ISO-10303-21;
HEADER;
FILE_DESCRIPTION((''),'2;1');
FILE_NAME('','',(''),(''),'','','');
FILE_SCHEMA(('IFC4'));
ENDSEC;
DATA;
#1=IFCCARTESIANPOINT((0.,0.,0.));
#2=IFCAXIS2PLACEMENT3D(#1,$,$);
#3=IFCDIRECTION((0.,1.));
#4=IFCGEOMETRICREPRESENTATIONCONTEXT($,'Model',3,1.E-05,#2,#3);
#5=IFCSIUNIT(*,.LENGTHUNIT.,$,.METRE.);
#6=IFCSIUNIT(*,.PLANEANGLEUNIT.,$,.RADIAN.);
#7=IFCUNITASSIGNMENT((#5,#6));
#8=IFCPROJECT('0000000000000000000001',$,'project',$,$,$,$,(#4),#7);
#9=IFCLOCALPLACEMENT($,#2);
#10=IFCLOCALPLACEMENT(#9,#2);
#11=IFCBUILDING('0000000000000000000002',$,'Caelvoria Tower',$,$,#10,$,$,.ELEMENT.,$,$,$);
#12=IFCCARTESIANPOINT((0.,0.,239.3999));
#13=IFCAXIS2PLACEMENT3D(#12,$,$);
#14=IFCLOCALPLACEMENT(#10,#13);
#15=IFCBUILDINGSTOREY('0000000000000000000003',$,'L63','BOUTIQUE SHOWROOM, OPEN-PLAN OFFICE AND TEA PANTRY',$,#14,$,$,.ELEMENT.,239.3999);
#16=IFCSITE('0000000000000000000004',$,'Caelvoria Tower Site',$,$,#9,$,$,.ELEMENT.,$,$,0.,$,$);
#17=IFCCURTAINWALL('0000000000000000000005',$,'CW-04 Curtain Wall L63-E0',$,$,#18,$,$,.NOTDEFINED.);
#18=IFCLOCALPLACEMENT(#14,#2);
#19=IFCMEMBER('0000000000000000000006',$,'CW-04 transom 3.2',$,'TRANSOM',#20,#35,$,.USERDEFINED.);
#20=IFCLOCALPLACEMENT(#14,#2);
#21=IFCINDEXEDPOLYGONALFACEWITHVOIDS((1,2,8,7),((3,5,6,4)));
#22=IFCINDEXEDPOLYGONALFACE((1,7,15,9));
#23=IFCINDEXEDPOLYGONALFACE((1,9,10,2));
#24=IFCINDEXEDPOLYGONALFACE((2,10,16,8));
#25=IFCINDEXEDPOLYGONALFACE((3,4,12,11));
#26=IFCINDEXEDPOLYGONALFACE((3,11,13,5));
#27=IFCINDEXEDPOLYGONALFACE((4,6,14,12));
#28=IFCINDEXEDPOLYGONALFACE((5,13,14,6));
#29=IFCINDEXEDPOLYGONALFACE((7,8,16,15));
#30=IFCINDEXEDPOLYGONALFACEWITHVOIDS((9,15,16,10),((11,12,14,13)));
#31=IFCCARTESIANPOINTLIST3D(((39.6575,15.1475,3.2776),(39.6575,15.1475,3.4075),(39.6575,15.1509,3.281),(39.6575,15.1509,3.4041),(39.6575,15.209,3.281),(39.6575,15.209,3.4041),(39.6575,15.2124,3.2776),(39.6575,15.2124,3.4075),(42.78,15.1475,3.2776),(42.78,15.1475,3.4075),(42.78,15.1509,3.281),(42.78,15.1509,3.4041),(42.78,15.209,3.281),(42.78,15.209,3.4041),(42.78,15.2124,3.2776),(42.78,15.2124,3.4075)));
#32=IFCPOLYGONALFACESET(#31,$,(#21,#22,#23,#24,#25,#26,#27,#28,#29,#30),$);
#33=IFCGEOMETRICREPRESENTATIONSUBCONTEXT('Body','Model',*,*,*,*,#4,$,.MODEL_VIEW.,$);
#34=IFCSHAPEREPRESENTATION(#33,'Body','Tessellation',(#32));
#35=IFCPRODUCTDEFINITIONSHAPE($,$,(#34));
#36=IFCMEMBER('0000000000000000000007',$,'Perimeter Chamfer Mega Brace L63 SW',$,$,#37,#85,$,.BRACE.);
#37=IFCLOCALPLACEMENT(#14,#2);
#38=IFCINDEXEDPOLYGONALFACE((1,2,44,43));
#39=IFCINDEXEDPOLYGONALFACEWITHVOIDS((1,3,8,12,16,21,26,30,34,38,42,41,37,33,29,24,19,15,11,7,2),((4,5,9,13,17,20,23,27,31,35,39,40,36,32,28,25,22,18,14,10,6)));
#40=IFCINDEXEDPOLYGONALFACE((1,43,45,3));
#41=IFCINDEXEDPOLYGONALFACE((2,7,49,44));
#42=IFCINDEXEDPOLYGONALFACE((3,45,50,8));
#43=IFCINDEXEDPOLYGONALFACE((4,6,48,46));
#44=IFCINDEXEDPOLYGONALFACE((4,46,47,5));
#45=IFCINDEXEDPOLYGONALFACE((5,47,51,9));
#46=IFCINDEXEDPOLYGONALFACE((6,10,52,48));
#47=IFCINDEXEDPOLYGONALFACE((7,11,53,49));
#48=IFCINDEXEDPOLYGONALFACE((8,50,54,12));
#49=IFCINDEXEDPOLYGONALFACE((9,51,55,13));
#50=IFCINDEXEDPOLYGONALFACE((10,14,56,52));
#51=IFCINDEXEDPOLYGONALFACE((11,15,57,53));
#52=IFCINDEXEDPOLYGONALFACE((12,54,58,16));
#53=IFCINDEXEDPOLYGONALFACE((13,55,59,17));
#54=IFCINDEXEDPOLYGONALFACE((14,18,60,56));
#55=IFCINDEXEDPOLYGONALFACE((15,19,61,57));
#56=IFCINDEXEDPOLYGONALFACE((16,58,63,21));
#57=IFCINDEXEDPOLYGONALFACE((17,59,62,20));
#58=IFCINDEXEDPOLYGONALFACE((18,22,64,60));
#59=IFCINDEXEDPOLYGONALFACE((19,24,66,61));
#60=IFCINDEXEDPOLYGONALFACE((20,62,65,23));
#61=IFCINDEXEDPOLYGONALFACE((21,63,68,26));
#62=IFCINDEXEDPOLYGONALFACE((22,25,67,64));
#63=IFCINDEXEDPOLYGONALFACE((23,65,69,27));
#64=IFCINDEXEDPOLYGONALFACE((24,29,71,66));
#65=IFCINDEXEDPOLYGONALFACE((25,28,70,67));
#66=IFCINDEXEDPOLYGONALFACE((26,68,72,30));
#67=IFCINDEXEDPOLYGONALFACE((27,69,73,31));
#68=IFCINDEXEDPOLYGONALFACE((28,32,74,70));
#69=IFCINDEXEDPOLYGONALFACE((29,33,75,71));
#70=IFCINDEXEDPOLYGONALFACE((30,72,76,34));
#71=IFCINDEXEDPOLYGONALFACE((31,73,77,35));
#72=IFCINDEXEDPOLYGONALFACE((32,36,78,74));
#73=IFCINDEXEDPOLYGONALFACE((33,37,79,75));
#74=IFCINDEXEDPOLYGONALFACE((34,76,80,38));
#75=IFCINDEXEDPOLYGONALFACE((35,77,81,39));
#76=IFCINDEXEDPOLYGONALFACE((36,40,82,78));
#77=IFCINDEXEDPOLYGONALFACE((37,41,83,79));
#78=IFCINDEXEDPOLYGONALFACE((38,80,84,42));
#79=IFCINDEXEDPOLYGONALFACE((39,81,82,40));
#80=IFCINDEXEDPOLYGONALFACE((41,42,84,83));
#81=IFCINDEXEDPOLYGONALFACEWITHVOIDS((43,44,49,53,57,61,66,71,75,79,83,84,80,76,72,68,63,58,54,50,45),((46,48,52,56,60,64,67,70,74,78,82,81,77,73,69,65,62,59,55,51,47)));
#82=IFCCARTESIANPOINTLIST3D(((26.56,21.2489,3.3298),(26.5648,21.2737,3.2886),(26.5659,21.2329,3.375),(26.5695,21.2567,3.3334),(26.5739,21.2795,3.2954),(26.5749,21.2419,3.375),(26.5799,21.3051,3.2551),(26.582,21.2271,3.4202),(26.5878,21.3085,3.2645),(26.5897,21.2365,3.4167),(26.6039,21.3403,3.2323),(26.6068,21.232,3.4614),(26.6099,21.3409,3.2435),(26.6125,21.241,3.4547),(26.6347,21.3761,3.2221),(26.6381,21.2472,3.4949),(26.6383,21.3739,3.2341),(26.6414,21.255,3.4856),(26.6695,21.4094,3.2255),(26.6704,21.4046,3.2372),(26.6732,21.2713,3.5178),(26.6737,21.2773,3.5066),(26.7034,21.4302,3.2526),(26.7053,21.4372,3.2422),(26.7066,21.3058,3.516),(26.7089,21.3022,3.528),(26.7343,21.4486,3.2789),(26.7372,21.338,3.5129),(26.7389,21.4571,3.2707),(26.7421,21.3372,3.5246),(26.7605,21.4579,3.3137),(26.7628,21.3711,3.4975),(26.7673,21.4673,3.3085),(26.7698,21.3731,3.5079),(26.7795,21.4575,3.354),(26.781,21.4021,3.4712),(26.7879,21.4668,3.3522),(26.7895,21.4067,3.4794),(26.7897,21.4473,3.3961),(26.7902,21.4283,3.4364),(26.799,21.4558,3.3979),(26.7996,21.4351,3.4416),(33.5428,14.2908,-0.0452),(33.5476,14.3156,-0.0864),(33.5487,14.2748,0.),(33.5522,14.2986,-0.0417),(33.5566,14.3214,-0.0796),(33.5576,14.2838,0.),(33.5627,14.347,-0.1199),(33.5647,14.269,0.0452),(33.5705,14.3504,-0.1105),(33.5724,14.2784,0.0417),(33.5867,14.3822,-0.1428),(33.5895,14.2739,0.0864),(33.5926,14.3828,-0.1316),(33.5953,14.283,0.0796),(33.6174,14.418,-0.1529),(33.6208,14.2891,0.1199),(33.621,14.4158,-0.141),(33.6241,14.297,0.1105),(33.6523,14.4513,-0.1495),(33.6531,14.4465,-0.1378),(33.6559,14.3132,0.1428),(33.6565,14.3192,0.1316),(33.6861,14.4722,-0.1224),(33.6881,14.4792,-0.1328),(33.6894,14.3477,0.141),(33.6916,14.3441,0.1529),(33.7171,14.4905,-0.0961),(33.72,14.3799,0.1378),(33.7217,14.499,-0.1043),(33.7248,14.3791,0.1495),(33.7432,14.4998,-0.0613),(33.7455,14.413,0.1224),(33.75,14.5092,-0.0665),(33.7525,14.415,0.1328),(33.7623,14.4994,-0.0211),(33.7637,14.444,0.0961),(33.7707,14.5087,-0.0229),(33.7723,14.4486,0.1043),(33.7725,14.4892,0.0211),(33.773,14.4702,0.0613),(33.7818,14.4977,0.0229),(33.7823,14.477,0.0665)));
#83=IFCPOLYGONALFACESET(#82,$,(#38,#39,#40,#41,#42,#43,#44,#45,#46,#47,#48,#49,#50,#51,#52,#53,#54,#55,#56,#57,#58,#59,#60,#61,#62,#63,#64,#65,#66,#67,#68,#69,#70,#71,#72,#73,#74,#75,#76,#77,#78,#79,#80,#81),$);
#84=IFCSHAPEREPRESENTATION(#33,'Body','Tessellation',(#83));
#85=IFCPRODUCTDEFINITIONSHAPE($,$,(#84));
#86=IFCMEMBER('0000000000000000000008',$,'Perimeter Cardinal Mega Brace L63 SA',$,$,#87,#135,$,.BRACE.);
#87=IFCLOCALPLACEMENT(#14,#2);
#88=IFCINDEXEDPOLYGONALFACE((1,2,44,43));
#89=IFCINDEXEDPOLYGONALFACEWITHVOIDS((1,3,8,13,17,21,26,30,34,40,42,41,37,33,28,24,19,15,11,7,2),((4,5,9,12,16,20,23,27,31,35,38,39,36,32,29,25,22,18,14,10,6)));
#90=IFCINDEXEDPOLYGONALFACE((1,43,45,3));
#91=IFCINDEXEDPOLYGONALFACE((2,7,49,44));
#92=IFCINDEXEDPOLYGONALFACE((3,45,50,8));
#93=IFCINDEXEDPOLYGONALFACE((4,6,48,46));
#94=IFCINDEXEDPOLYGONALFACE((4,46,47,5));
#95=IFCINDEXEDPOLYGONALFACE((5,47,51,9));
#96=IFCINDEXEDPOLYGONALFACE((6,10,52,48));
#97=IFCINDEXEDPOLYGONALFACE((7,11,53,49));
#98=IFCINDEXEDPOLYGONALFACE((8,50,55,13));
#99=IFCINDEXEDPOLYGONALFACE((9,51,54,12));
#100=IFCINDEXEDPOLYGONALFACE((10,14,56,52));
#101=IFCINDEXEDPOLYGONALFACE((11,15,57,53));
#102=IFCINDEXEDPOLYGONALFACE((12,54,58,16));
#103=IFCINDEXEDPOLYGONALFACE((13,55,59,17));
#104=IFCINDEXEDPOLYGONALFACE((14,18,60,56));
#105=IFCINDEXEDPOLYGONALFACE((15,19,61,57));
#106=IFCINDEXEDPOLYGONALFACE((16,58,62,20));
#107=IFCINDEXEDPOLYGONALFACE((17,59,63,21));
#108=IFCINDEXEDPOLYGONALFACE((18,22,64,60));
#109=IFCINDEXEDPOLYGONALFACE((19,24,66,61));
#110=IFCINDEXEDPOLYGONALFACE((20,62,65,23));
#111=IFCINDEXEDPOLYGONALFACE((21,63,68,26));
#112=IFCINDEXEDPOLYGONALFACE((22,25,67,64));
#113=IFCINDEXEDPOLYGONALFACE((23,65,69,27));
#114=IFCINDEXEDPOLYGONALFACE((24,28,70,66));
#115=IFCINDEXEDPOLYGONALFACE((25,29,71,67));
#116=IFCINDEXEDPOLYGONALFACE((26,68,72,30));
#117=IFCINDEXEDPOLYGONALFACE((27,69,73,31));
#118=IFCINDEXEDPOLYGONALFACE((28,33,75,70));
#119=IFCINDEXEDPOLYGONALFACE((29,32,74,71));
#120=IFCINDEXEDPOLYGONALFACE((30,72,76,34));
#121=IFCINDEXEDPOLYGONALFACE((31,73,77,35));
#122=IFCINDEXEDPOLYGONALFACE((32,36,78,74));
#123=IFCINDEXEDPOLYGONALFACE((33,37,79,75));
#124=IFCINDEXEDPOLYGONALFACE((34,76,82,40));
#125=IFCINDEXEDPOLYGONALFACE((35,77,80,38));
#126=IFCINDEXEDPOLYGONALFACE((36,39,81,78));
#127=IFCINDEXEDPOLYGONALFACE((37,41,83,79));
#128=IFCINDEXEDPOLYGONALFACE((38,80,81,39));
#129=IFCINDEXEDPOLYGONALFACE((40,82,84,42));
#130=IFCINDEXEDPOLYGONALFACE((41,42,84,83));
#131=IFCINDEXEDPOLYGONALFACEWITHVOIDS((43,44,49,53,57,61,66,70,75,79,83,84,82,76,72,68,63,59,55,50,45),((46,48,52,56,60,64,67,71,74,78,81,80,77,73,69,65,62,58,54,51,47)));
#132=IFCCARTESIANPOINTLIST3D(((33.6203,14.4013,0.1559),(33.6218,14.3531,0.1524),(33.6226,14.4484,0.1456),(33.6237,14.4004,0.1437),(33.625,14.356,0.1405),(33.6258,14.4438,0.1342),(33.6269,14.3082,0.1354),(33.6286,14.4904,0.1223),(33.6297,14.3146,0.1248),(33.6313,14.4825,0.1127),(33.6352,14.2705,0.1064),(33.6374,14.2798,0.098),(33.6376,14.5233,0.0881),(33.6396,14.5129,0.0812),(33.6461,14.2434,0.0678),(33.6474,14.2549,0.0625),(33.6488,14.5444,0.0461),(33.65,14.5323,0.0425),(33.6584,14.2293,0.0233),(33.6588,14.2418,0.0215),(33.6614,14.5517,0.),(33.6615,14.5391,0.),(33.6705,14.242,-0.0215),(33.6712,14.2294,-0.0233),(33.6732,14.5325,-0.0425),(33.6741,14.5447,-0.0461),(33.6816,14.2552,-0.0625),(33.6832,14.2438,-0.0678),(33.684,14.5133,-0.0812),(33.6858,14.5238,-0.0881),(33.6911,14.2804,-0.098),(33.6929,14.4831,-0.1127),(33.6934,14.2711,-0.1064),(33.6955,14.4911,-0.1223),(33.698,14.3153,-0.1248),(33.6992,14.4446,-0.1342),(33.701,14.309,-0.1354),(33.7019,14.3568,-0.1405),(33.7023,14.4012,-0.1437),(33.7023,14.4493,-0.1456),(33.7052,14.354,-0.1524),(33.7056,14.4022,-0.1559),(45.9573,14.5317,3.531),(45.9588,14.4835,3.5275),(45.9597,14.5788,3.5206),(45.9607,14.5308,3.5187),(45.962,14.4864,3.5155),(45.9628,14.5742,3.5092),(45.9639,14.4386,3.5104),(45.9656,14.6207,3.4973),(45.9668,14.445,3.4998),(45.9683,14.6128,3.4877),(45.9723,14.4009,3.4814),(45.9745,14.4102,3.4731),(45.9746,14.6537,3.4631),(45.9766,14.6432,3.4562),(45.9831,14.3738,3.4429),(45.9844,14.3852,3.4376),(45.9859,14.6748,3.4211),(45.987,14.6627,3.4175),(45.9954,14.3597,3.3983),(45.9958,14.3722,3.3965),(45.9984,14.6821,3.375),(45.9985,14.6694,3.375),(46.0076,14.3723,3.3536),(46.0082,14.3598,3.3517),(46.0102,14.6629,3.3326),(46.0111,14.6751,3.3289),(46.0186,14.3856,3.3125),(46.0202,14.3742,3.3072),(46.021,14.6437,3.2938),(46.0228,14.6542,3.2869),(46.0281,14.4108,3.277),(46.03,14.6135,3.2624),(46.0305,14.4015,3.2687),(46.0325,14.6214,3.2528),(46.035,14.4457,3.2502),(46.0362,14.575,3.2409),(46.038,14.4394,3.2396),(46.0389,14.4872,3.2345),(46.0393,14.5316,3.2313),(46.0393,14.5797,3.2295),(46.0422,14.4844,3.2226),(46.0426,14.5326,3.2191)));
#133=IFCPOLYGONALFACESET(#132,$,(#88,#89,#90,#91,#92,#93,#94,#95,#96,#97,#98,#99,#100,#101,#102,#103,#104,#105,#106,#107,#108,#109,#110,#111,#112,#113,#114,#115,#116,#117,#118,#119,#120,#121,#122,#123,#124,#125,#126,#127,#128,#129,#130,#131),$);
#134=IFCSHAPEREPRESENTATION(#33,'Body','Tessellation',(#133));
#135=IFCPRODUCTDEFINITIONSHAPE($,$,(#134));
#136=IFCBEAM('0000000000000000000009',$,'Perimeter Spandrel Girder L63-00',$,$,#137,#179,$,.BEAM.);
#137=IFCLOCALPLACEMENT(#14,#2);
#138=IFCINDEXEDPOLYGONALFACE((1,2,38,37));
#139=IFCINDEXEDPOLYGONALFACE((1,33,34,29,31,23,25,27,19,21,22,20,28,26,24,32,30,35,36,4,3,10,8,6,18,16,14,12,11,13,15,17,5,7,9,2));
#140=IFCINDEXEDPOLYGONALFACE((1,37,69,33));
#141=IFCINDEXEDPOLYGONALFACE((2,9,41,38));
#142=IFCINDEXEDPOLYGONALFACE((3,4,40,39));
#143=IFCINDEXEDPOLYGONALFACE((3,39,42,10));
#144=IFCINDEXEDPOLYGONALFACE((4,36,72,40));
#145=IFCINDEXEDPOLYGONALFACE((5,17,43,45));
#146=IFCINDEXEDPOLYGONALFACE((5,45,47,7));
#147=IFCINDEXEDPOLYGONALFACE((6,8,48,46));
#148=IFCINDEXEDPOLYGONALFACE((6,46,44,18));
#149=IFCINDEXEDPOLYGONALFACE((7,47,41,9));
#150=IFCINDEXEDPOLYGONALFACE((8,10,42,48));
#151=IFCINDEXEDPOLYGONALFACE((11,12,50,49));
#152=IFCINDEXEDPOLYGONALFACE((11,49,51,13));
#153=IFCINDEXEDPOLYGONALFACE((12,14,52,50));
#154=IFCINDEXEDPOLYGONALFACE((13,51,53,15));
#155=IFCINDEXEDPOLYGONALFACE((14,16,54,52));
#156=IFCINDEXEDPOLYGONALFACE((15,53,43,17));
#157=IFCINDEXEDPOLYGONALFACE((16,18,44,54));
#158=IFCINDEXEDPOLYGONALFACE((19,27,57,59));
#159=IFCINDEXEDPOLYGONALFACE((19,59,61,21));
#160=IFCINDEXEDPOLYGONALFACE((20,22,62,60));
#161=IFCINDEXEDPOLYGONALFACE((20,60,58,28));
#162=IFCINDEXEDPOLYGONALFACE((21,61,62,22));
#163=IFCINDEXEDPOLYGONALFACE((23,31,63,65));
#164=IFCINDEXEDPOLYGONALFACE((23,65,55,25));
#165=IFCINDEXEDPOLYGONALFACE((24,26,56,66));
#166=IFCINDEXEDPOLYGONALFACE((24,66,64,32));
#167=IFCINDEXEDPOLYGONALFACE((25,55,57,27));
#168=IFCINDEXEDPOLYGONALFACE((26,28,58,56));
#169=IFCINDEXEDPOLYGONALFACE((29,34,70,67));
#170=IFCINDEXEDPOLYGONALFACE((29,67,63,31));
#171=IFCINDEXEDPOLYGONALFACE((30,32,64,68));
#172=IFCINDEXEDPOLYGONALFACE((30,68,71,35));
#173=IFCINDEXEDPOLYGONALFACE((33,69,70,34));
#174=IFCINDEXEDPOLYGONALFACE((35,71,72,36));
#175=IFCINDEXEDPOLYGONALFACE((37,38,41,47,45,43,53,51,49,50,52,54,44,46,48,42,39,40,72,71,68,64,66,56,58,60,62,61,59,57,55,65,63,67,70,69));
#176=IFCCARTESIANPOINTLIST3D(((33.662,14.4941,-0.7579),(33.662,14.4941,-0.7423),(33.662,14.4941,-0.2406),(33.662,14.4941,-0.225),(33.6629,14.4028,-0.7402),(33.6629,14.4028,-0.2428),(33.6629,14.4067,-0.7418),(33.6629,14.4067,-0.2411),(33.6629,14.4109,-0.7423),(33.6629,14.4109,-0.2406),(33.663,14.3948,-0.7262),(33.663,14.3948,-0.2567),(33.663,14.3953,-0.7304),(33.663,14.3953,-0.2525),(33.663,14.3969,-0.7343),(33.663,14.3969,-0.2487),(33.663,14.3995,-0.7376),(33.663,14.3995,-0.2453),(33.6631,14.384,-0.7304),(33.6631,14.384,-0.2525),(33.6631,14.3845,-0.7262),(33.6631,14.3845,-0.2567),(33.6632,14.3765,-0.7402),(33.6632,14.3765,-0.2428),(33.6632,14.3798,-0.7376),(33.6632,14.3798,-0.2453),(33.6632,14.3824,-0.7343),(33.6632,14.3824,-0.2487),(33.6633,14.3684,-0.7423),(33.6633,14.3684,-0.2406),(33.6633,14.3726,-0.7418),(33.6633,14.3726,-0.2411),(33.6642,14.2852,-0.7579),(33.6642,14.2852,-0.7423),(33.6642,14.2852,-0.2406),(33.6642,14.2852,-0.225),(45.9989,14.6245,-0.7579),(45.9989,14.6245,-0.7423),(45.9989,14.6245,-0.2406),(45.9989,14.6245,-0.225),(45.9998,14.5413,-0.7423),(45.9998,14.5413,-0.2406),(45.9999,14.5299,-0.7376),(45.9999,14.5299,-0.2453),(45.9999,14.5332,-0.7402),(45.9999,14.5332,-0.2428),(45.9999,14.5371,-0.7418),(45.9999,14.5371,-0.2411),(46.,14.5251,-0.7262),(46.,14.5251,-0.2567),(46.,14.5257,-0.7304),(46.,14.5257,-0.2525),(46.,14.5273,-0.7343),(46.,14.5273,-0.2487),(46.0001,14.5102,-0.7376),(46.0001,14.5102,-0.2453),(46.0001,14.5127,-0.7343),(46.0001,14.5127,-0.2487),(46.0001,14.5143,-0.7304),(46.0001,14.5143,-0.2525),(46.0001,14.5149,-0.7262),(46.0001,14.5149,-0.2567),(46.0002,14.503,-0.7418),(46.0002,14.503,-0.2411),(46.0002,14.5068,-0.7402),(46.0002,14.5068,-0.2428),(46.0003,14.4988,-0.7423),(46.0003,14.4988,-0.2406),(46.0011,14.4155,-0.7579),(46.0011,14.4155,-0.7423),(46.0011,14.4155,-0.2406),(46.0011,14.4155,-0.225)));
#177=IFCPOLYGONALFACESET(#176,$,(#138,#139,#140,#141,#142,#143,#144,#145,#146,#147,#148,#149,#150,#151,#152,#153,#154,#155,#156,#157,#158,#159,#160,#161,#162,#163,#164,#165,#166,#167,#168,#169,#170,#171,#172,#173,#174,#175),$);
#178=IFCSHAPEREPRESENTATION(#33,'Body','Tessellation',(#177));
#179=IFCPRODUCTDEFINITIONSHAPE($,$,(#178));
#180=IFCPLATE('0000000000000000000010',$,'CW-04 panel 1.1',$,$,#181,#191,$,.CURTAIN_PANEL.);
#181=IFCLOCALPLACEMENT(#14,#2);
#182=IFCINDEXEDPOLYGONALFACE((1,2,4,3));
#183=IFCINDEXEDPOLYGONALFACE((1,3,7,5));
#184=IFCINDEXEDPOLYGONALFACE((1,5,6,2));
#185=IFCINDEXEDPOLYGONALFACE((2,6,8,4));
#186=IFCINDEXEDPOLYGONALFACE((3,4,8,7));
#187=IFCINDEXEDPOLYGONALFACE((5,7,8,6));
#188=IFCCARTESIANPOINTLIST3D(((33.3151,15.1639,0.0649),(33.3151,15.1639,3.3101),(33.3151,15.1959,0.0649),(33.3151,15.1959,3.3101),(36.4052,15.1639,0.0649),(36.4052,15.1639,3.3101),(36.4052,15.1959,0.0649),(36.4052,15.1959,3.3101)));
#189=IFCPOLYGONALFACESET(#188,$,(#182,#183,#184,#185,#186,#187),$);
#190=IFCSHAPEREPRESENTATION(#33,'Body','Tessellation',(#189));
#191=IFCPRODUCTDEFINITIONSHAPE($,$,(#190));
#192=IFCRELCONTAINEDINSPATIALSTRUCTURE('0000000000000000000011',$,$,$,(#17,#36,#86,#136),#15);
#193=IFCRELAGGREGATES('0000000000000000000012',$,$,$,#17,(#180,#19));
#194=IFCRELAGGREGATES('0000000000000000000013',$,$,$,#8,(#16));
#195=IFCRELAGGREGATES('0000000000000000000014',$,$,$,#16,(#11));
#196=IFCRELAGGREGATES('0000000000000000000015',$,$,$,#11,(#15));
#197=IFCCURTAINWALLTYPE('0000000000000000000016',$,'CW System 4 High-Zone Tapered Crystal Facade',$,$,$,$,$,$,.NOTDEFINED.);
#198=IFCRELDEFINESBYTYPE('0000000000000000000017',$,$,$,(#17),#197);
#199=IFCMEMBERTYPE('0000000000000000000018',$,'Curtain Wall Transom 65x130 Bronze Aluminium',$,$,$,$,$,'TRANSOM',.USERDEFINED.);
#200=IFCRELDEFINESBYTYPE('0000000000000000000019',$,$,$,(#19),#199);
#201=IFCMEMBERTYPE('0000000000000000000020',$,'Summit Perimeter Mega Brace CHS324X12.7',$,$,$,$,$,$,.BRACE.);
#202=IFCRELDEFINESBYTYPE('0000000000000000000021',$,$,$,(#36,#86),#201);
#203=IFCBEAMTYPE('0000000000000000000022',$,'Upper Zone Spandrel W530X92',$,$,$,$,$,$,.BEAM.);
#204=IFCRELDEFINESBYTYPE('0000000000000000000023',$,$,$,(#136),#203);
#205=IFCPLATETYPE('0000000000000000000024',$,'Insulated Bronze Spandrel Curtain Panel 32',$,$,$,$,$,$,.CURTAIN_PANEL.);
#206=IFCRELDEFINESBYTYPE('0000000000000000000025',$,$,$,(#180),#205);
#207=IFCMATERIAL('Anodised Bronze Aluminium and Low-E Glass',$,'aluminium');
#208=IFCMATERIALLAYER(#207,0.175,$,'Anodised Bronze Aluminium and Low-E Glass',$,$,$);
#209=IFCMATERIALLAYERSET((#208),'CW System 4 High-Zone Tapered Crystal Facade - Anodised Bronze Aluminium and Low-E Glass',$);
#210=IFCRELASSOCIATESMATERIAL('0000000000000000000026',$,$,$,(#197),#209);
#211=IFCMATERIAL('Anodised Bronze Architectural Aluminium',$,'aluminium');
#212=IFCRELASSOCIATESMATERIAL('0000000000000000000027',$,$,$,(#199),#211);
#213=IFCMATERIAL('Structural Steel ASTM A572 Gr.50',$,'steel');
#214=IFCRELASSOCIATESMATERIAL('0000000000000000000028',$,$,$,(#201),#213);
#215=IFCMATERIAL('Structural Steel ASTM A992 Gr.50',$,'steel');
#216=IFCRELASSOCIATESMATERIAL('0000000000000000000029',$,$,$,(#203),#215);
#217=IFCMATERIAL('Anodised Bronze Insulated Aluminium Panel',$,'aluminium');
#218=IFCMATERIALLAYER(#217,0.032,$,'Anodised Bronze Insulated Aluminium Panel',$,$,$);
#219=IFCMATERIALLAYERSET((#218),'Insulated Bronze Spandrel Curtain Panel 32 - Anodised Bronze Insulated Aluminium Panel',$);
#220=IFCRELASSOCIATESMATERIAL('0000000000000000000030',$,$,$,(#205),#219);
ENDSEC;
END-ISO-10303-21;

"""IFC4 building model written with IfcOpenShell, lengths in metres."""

from ifc_helpers import new_model, si_unit, direction, frame, origin, origin_2d, place, context, subcontext, project, spatial, rectangle, hollow_rectangle, hollow_circle, i_section, extrude, material, layer, layer_set, material_profile, profile_set, type_object, element, aggregate, save


model = new_model("IFC4")

# Units and contexts
model_context = context("Model", 3, precision=1e-05, world=origin(), true_north=direction((0.0, 1.0)))
body_context = subcontext(model_context, "Body", "Model", "MODEL_VIEW")
ifc_project = project(units=[si_unit("LENGTHUNIT", "METRE"), si_unit("PLANEANGLEUNIT", "RADIAN")], contexts=[model_context])

# Site, building, storey
site_placement = place(None, origin())
site = spatial("IfcSite", under=ifc_project, at=site_placement, Name="Caelvoria Tower Site", CompositionType="ELEMENT", RefElevation=0.0)
building_placement = place(site_placement, origin())
building = spatial("IfcBuilding", under=site, at=building_placement, Name="Caelvoria Tower", CompositionType="ELEMENT")
storey_placement = place(building_placement, frame((0.0, 0.0, 239.3999)))
storey = spatial("IfcBuildingStorey", under=building, at=storey_placement, Name="L63", Description="BOUTIQUE SHOWROOM, OPEN-PLAN OFFICE AND TEA PANTRY", CompositionType="ELEMENT", Elevation=239.3999)

# Shared definitions
ifc_material_1 = material(Name="Structural Steel ASTM A572 Gr.50", Category="steel")

# Curtain wall
ifc_material_2 = material(Name="Anodised Bronze Aluminium and Low-E Glass", Category="aluminium")
ifc_layer_1 = layer(ifc_material_2, 0.175, Name="Anodised Bronze Aluminium and Low-E Glass")
ifc_layer_set_1 = layer_set([ifc_layer_1], Name="CW System 4 High-Zone Tapered Crystal Facade - Anodised Bronze Aluminium and Low-E Glass")
curtain_wall_type = type_object("IfcCurtainWallType", Name="CW System 4 High-Zone Tapered Crystal Facade", PredefinedType="NOTDEFINED", material=ifc_layer_set_1)
curtain_wall_1_placement = place(storey_placement, origin())
curtain_wall_1 = element("IfcCurtainWall", 1, at=curtain_wall_1_placement, inside=storey, type_object=curtain_wall_type, Name="CW-04 Curtain Wall L63-E0", PredefinedType="NOTDEFINED")
ifc_material_3 = material(Name="Anodised Bronze Architectural Aluminium", Category="aluminium")

# Member
ifc_material_profile_1 = material_profile(ifc_material_3, hollow_rectangle(XDim=0.0649, YDim=0.1299, WallThickness=0.0034, at=origin_2d()), Name="Anodised Bronze Architectural Aluminium")
ifc_profile_set_1 = profile_set([ifc_material_profile_1], Name="CW_TRAN_65X130 - Anodised Bronze Architectural Aluminium")
member_type_1 = type_object("IfcMemberType", Name="Curtain Wall Transom 65x130 Bronze Aluminium", ElementType="TRANSOM", PredefinedType="USERDEFINED", material=ifc_profile_set_1)
member_1_placement = place(storey_placement, frame((39.6575, 15.1799, 3.3425), z_axis=(1.0, 0.0, 0.0), x_axis=(0.0, 1.0, 0.0)))
member_1 = element("IfcMember", 2, at=member_1_placement, type_object=member_type_1, Name="CW-04 transom 3.2", ObjectType="TRANSOM", PredefinedType="USERDEFINED", context=body_context, shape_type="SweptSolid", body=[
    extrude(hollow_rectangle(XDim=0.0649, YDim=0.1299, WallThickness=0.0034, at=origin_2d()), origin(), (0.0, 0.0, 1.0), 3.1226),
])

# Members
ifc_material_profile_2 = material_profile(ifc_material_1, hollow_circle(Radius=0.1621, WallThickness=0.0127, at=origin_2d()), Name="Structural Steel ASTM A572 Gr.50")
ifc_profile_set_2 = profile_set([ifc_material_profile_2], Name="CHS324X12.7 - Structural Steel ASTM A572 Gr.50")
member_type_2 = type_object("IfcMemberType", Name="Summit Perimeter Mega Brace CHS324X12.7", PredefinedType="BRACE", material=ifc_profile_set_2)
member_2_placement = place(storey_placement, frame((33.6631, 14.3896, 0.0), z_axis=(-0.670166, 0.667799, 0.323918), x_axis=(-0.705855, -0.708356, 0.0)))
element("IfcMember", 3, at=member_2_placement, inside=storey, type_object=member_type_2, Name="Perimeter Chamfer Mega Brace L63 SW", PredefinedType="BRACE", context=body_context, shape_type="SweptSolid", body=[
    extrude(hollow_circle(Radius=0.1621, WallThickness=0.0127, at=origin_2d()), origin(), (0.0, 0.0, 1.0), 10.4194),
])
member_3_placement = place(storey_placement, frame((33.6631, 14.3896, 0.0), z_axis=(0.964507, 0.010192, 0.26386), x_axis=(-0.010567, 0.999944, 0.0)))
element("IfcMember", 4, at=member_3_placement, inside=storey, type_object=member_type_2, Name="Perimeter Cardinal Mega Brace L63 SA", PredefinedType="BRACE", context=body_context, shape_type="SweptSolid", body=[
    extrude(hollow_circle(Radius=0.1621, WallThickness=0.0127, at=origin_2d()), origin(), (0.0, 0.0, 1.0), 12.791),
])

# Beam
ifc_material_4 = material(Name="Structural Steel ASTM A992 Gr.50", Category="steel")
ifc_material_profile_3 = material_profile(ifc_material_4, i_section(OverallWidth=0.209, OverallDepth=0.533, WebThickness=0.0103, FlangeThickness=0.0156, FilletRadius=0.0161, at=origin_2d()), Name="Structural Steel ASTM A992 Gr.50")
ifc_profile_set_3 = profile_set([ifc_material_profile_3], Name="W530X92 - Structural Steel ASTM A992 Gr.50")
beam_type = type_object("IfcBeamType", Name="Upper Zone Spandrel W530X92", PredefinedType="BEAM", material=ifc_profile_set_3)
beam_placement = place(storey_placement, frame((33.6631, 14.3896, -0.4915), z_axis=(0.999944, 0.010567, 0.0), x_axis=(-0.010567, 0.999944, 0.0)))
element("IfcBeam", 5, at=beam_placement, inside=storey, type_object=beam_type, Name="Perimeter Spandrel Girder L63-00", PredefinedType="BEAM", context=body_context, shape_type="SweptSolid", body=[
    extrude(i_section(OverallWidth=0.209, OverallDepth=0.533, WebThickness=0.0103, FlangeThickness=0.0156, FilletRadius=0.0161, at=origin_2d()), origin(), (0.0, 0.0, 1.0), 12.3376),
])

# Plate
ifc_material_5 = material(Name="Anodised Bronze Insulated Aluminium Panel", Category="aluminium")
ifc_layer_2 = layer(ifc_material_5, 0.032, Name="Anodised Bronze Insulated Aluminium Panel")
ifc_layer_set_2 = layer_set([ifc_layer_2], Name="Insulated Bronze Spandrel Curtain Panel 32 - Anodised Bronze Insulated Aluminium Panel")
plate_type_1 = type_object("IfcPlateType", Name="Insulated Bronze Spandrel Curtain Panel 32", PredefinedType="CURTAIN_PANEL", material=ifc_layer_set_2)
plate_1_placement = place(storey_placement, frame((34.8601, 15.1799, 0.0649), z_axis=(0.0, 0.0, 1.0), x_axis=(1.0, 0.0, 0.0)))
plate_1 = element("IfcPlate", 6, at=plate_1_placement, type_object=plate_type_1, Name="CW-04 panel 1.1", PredefinedType="CURTAIN_PANEL", context=body_context, shape_type="SweptSolid", body=[
    extrude(rectangle(XDim=3.0901, YDim=0.032, at=origin_2d()), origin(), (0.0, 0.0, 1.0), 3.2451),
])
aggregate(curtain_wall_1, [plate_1, member_1])

save(model, "model.ifc")
